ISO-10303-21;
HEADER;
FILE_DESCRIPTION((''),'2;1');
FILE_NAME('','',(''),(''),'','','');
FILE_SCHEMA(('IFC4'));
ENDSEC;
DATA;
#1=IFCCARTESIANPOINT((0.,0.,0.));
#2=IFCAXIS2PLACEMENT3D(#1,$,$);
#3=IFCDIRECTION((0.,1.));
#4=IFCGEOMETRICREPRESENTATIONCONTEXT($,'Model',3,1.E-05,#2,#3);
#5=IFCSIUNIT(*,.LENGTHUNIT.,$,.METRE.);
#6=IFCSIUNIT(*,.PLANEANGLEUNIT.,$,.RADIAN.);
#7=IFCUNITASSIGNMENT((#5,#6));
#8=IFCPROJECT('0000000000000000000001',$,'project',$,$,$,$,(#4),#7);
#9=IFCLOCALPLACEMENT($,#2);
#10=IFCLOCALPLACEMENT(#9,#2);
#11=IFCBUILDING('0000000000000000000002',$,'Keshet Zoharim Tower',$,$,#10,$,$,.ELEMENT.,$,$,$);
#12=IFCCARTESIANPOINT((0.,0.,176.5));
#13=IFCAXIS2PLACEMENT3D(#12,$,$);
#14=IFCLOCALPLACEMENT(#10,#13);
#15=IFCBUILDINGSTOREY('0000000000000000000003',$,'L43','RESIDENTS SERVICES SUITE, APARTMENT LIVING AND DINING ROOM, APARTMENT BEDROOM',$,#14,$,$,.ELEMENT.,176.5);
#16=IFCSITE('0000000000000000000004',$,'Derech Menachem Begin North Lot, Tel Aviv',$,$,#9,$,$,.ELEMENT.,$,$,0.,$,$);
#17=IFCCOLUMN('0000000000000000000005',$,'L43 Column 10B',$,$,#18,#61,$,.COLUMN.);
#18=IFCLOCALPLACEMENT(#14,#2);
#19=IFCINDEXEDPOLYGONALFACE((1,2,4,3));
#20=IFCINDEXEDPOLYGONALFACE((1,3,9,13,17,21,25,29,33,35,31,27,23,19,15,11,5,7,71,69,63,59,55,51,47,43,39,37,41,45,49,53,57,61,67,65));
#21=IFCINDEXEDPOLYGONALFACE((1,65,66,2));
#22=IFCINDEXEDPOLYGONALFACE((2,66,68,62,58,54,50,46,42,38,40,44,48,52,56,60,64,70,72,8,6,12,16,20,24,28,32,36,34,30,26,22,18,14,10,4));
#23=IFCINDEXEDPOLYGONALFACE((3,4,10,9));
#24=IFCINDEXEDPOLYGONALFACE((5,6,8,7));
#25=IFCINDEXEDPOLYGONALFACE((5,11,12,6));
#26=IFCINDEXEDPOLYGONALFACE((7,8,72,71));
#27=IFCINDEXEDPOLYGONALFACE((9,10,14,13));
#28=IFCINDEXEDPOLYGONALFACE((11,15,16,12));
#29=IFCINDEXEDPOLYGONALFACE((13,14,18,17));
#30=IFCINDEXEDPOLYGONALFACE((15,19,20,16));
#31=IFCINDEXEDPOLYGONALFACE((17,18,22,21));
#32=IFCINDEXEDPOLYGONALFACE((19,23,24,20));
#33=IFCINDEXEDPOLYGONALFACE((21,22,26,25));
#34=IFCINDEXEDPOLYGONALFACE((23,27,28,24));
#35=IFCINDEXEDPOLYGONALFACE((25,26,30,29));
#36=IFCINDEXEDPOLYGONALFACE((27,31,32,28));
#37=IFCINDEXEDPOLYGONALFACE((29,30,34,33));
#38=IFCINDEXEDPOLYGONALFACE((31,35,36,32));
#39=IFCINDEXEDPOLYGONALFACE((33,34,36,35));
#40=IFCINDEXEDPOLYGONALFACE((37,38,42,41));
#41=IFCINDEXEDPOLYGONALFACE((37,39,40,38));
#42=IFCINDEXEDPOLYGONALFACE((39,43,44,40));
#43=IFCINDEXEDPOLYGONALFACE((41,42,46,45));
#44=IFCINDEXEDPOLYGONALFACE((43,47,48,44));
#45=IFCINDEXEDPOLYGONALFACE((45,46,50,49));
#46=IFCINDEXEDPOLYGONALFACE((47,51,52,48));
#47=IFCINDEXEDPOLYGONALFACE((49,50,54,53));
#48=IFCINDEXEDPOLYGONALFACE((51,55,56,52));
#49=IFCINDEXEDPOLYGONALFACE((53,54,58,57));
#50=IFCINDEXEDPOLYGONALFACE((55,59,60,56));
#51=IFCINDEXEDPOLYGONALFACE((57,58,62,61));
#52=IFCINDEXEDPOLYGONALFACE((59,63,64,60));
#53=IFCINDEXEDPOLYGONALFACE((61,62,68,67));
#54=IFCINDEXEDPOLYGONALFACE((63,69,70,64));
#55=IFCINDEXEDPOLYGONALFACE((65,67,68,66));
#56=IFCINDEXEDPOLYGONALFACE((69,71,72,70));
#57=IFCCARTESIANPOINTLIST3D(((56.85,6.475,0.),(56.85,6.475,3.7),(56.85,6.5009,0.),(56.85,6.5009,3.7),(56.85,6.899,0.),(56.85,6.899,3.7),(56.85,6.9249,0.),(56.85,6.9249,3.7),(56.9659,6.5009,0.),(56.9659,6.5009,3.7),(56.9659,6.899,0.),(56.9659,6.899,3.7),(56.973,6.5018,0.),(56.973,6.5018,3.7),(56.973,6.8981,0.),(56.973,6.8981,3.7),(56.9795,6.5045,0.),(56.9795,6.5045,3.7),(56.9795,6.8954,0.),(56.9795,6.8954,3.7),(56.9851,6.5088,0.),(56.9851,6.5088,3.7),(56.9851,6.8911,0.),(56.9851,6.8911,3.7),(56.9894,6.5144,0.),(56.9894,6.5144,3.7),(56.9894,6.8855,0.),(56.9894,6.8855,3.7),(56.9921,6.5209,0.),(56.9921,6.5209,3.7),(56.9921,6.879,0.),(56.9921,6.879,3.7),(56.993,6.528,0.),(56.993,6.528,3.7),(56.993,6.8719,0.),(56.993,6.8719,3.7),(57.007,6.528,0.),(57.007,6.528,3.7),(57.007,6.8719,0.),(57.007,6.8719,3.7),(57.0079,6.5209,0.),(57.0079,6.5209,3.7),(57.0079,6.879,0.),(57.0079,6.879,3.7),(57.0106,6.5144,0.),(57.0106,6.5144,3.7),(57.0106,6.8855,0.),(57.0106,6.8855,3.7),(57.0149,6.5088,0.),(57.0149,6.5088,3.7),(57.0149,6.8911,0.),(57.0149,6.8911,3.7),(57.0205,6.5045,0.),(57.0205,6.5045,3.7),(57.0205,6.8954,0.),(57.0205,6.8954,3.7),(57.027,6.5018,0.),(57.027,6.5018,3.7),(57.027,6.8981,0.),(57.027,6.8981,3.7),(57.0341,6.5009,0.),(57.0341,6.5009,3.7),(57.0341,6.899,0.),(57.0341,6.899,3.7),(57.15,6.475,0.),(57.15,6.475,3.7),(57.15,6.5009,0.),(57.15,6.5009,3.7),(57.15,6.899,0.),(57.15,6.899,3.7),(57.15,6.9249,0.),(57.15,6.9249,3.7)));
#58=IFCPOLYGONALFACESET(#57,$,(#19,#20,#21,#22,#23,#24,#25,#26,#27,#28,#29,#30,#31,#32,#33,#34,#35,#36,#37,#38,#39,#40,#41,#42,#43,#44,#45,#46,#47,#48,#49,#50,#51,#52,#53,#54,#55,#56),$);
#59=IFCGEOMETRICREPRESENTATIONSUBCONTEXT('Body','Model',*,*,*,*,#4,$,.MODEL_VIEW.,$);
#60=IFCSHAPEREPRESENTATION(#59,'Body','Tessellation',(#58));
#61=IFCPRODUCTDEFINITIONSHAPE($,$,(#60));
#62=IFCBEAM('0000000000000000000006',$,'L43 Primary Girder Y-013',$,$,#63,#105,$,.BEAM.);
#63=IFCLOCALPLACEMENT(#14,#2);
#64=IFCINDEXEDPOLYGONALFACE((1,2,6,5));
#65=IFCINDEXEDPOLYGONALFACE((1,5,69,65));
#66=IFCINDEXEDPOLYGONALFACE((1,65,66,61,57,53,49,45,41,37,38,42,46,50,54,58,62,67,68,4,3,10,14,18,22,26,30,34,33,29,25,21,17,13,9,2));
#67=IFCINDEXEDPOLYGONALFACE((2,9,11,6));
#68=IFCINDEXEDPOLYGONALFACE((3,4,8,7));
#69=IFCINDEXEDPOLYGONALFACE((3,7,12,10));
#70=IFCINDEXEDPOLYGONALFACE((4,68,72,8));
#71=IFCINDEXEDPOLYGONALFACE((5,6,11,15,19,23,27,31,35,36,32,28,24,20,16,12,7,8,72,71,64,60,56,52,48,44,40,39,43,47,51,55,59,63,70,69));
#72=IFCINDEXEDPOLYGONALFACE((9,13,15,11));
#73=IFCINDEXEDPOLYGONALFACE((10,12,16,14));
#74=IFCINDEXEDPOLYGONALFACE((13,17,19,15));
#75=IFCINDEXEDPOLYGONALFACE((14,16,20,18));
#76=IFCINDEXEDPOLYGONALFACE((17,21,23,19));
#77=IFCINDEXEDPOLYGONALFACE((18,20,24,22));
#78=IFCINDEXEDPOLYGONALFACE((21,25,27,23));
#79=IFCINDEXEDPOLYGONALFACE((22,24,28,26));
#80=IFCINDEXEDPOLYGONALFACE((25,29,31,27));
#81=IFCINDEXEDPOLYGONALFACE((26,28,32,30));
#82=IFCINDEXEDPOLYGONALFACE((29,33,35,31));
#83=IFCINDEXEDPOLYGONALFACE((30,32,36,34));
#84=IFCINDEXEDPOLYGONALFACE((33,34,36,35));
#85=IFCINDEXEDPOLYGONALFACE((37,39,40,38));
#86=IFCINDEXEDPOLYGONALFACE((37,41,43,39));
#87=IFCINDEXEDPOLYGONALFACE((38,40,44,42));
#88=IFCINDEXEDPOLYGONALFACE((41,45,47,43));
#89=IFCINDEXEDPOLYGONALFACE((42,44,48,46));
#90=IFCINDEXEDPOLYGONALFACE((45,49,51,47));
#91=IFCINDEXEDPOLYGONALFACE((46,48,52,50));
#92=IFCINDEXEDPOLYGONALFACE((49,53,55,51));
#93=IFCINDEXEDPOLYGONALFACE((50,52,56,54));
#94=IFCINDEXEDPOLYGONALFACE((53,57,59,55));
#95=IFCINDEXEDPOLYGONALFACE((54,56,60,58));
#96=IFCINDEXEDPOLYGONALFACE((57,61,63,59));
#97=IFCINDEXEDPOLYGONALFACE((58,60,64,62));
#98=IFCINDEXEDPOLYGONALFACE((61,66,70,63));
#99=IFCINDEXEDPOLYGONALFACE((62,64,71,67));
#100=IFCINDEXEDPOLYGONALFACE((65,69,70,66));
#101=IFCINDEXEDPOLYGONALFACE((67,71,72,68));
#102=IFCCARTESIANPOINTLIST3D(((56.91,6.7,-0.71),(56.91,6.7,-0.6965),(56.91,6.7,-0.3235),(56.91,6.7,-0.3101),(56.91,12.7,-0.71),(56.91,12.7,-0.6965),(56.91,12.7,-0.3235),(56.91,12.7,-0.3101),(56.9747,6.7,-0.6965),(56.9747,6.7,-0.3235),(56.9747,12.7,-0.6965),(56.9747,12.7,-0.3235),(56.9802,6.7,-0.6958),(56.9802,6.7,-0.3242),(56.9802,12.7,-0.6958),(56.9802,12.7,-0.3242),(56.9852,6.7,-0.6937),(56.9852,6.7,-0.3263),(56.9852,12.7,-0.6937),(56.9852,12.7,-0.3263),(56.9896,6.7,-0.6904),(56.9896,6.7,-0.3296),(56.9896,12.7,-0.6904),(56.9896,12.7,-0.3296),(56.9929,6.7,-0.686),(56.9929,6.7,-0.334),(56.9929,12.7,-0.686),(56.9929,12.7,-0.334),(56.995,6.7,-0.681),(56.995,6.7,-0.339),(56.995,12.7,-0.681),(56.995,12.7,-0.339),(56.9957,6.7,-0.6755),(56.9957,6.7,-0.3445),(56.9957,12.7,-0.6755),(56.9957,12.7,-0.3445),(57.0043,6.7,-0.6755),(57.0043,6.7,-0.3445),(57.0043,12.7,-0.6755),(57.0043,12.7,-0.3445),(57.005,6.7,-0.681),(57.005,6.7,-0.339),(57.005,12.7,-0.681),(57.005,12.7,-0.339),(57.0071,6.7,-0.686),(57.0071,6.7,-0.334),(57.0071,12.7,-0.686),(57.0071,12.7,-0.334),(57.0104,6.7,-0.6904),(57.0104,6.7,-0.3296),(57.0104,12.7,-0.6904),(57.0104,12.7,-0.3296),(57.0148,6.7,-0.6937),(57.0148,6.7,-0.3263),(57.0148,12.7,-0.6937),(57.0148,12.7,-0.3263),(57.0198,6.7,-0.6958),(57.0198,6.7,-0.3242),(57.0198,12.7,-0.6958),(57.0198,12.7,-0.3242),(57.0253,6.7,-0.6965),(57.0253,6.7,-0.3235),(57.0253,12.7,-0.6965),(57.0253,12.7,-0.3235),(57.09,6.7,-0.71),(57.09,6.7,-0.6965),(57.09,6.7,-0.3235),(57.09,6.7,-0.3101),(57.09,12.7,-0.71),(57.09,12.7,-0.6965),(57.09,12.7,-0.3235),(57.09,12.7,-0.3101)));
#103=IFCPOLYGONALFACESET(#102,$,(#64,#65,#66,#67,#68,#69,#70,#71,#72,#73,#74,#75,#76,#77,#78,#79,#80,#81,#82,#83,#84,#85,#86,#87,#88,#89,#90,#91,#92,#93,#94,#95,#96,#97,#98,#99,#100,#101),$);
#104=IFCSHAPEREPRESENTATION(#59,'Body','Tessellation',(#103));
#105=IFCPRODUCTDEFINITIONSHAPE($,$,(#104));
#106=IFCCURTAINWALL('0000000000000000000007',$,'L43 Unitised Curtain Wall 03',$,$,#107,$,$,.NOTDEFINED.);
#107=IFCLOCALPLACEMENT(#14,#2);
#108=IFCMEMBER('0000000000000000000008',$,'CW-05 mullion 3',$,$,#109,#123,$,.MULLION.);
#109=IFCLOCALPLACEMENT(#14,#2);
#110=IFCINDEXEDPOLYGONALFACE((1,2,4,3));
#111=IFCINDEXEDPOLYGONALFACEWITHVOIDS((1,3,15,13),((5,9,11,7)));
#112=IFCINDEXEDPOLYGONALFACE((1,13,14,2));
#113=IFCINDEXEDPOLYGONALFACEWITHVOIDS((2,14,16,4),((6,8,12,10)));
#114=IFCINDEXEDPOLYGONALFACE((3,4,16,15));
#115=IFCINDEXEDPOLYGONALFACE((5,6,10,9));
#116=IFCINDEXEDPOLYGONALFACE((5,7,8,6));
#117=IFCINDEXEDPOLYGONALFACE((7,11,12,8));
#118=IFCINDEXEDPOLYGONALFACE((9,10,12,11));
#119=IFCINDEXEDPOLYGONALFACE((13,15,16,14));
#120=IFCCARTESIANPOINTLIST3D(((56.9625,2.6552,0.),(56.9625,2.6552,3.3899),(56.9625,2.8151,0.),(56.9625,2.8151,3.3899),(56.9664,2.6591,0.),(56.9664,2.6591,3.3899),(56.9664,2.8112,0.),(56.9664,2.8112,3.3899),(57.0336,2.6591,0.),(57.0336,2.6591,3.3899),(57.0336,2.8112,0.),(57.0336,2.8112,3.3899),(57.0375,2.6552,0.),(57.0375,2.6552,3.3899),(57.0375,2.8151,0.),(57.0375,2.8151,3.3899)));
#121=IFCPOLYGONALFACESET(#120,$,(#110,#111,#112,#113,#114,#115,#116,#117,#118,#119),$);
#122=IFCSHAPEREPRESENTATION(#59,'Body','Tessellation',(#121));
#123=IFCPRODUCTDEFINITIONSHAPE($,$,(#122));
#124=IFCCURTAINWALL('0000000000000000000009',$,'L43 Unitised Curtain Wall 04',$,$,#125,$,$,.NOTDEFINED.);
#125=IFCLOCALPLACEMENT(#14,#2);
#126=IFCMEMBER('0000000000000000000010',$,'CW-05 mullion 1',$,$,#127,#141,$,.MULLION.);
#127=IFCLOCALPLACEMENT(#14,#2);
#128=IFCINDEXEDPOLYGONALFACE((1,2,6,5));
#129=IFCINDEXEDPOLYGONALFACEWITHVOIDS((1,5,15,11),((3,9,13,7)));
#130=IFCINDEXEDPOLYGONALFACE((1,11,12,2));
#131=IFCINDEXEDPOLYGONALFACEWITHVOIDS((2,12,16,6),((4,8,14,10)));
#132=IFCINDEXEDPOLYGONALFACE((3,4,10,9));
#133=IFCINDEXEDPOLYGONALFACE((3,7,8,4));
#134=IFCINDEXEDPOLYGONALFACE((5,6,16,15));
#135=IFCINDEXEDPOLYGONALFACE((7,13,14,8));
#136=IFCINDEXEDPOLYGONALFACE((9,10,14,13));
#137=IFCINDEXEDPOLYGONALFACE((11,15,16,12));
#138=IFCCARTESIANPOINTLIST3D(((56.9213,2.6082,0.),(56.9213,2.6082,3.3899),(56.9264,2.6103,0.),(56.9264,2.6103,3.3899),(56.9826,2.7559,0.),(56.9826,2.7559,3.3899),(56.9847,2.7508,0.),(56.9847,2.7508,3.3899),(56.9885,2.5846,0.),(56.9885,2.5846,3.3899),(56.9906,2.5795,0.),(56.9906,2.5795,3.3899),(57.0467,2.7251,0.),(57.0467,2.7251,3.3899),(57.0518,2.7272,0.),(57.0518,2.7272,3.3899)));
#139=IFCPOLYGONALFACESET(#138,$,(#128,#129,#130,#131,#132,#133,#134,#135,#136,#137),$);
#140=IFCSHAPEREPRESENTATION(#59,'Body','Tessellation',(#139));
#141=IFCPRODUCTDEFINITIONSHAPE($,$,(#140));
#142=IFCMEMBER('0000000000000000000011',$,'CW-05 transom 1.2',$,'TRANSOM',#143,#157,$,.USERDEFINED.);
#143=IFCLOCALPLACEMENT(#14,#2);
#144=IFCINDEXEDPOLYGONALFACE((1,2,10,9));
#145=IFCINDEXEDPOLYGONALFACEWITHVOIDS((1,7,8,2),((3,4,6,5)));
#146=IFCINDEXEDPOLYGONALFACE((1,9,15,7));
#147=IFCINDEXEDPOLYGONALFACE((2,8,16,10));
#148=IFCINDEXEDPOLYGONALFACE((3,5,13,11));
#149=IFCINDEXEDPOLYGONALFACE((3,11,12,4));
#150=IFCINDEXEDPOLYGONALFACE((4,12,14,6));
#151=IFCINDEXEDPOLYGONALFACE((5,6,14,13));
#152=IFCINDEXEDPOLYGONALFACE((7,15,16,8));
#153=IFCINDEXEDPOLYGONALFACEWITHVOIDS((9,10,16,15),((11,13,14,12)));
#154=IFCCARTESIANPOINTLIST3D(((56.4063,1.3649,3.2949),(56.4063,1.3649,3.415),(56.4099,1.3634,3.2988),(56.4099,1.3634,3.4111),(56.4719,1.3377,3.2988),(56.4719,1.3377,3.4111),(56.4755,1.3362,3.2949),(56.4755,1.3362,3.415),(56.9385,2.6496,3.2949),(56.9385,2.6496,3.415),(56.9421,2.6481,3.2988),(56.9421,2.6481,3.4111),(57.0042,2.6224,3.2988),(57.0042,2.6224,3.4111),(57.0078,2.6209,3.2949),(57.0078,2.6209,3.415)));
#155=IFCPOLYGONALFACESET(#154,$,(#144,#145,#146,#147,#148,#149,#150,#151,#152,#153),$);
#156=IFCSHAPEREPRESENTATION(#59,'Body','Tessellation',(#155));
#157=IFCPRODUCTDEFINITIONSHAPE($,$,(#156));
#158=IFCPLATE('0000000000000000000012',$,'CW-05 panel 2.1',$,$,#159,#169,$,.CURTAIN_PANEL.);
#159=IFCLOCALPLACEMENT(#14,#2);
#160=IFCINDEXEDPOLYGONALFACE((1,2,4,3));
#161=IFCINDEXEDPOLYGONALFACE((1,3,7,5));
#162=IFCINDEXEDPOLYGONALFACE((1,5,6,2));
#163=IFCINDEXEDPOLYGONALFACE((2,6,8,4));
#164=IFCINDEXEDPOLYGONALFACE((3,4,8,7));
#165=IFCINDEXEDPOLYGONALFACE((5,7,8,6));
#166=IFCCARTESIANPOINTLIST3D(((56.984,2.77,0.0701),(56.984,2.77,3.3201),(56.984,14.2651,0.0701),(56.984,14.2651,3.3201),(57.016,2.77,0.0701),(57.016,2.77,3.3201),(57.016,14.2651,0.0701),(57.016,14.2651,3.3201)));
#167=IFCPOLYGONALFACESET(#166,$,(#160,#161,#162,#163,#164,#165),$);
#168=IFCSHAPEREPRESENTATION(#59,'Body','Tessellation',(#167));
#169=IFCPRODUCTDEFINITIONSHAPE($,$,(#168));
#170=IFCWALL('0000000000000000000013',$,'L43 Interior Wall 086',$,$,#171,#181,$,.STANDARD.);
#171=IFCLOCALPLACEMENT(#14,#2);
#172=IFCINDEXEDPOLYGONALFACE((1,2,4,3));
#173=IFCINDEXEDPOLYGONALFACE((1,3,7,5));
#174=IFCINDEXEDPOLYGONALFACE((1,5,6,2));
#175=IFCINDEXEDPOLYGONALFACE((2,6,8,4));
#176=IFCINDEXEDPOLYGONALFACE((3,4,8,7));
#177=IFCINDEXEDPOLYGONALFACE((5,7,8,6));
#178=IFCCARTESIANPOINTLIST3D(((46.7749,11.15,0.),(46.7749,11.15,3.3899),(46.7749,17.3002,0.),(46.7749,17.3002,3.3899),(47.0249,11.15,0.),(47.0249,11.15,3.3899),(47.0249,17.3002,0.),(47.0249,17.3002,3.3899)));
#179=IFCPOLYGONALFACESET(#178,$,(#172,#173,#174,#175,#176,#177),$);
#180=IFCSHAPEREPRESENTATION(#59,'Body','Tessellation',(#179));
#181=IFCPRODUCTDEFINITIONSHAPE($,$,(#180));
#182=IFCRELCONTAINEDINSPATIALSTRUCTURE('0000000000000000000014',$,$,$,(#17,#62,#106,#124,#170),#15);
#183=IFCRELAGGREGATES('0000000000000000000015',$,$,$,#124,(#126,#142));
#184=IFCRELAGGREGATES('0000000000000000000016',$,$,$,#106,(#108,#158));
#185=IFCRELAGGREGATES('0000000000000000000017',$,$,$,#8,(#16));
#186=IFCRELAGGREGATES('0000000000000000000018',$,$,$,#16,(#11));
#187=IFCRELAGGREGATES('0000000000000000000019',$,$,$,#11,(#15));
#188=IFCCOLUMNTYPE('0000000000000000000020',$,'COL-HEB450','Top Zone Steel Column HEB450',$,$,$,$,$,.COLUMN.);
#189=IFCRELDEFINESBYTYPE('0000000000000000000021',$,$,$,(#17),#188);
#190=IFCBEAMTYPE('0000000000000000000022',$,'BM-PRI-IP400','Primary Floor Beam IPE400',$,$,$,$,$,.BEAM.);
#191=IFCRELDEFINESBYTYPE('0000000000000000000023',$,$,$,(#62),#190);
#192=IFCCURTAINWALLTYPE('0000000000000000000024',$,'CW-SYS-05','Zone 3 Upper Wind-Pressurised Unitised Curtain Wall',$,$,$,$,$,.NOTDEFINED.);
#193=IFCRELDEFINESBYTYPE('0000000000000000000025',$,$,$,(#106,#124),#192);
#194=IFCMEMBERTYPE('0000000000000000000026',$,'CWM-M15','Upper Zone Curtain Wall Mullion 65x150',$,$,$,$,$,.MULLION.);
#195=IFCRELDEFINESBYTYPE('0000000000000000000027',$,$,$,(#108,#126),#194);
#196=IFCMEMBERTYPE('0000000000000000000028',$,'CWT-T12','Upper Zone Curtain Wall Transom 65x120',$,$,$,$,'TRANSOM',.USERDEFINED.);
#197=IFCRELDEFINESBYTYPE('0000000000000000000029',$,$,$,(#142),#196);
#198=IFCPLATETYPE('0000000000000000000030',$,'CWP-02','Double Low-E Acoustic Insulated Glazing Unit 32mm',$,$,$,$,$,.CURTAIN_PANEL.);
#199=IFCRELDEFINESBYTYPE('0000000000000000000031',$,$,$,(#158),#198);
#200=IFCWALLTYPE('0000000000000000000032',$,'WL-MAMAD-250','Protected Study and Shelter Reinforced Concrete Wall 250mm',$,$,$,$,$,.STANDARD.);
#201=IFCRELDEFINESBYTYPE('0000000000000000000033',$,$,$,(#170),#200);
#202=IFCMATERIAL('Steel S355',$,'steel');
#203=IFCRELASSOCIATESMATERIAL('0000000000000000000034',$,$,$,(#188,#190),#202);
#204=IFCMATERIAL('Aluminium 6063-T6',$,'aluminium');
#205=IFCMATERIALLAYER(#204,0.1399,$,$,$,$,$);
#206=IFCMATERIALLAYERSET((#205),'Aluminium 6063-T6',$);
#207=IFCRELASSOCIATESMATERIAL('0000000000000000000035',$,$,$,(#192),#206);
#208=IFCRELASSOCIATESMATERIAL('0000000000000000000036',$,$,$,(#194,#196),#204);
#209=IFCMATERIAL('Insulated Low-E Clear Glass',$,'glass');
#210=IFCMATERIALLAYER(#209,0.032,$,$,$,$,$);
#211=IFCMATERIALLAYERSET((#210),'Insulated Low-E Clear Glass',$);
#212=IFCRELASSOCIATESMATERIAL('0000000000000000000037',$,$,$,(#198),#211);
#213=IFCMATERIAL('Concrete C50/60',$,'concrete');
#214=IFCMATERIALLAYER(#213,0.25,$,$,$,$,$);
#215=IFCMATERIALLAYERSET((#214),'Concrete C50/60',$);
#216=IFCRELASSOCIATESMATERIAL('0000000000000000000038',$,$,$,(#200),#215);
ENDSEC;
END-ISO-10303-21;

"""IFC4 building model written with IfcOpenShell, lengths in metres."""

from ifc_helpers import new_model, si_unit, direction, frame, frame_2d, origin, origin_2d, place, context, subcontext, project, spatial, rectangle, hollow_rectangle, i_section, extrude, material, layer, layer_set, material_profile, profile_set, type_object, element, aggregate, save


model = new_model("IFC4")

# Units and contexts
model_context = context("Model", 3, precision=1e-05, world=origin(), true_north=direction((0.0, 1.0)))
body_context = subcontext(model_context, "Body", "Model", "MODEL_VIEW")
ifc_project = project(units=[si_unit("LENGTHUNIT", "METRE"), si_unit("PLANEANGLEUNIT", "RADIAN")], contexts=[model_context])

# Site, building, storey
site_placement = place(None, origin())
site = spatial("IfcSite", under=ifc_project, at=site_placement, Name="Derech Menachem Begin North Lot, Tel Aviv", CompositionType="ELEMENT", RefElevation=0.0)
building_placement = place(site_placement, origin())
building = spatial("IfcBuilding", under=site, at=building_placement, Name="Keshet Zoharim Tower", CompositionType="ELEMENT")
storey_placement = place(building_placement, frame((0.0, 0.0, 176.5)))
storey = spatial("IfcBuildingStorey", under=building, at=storey_placement, Name="L43", Description="RESIDENTS SERVICES SUITE, APARTMENT LIVING AND DINING ROOM, APARTMENT BEDROOM", CompositionType="ELEMENT", Elevation=176.5)

# Column
ifc_material_1 = material(Name="Steel S355", Category="steel")
ifc_material_profile_1 = material_profile(ifc_material_1, i_section(OverallWidth=0.3, OverallDepth=0.45, WebThickness=0.0139, FlangeThickness=0.0259, FilletRadius=0.0271, at=origin_2d()), Name="HEB450")
ifc_profile_set_1 = profile_set([ifc_material_profile_1], Name="Steel S355")
column_type = type_object("IfcColumnType", Name="COL-HEB450", Description="Top Zone Steel Column HEB450", PredefinedType="COLUMN", material=ifc_profile_set_1)
column_placement = place(storey_placement, frame((57.0, 6.7, 0.0), z_axis=(0.0, 0.0, 1.0), x_axis=(1.0, 0.0, 0.0)))
element("IfcColumn", 1, at=column_placement, inside=storey, type_object=column_type, Name="L43 Column 10B", PredefinedType="COLUMN", context=body_context, shape_type="SweptSolid", body=[
    extrude(i_section(OverallWidth=0.3, OverallDepth=0.45, WebThickness=0.0139, FlangeThickness=0.0259, FilletRadius=0.0271, at=origin_2d()), origin(), (0.0, 0.0, 1.0), 3.7),
])

# Beam
ifc_material_profile_2 = material_profile(ifc_material_1, i_section(OverallWidth=0.1799, OverallDepth=0.3999, WebThickness=0.0085, FlangeThickness=0.0134, FilletRadius=0.021, at=origin_2d()), Name="IPE400")
ifc_profile_set_2 = profile_set([ifc_material_profile_2], Name="Steel S355")
beam_type = type_object("IfcBeamType", Name="BM-PRI-IP400", Description="Primary Floor Beam IPE400", PredefinedType="BEAM", material=ifc_profile_set_2)
beam_placement = place(storey_placement, frame((57.0, 6.7, -0.51), z_axis=(0.0, 1.0, 0.0), x_axis=(-1.0, 0.0, 0.0)))
element("IfcBeam", 2, at=beam_placement, inside=storey, type_object=beam_type, Name="L43 Primary Girder Y-013", PredefinedType="BEAM", context=body_context, shape_type="SweptSolid", body=[
    extrude(i_section(OverallWidth=0.1799, OverallDepth=0.3999, WebThickness=0.0085, FlangeThickness=0.0134, FilletRadius=0.021, at=origin_2d()), origin(), (0.0, 0.0, 1.0), 6.0),
])

# Curtain wall, member
ifc_material_2 = material(Name="Aluminium 6063-T6", Category="aluminium")
ifc_layer_1 = layer(ifc_material_2, 0.1399)
ifc_layer_set_1 = layer_set([ifc_layer_1], Name="Aluminium 6063-T6")
curtain_wall_type = type_object("IfcCurtainWallType", Name="CW-SYS-05", Description="Zone 3 Upper Wind-Pressurised Unitised Curtain Wall", PredefinedType="NOTDEFINED", material=ifc_layer_set_1)
curtain_wall_1_placement = place(storey_placement, origin())
curtain_wall_1 = element("IfcCurtainWall", 3, at=curtain_wall_1_placement, inside=storey, type_object=curtain_wall_type, Name="L43 Unitised Curtain Wall 03", PredefinedType="NOTDEFINED")
ifc_material_profile_3 = material_profile(ifc_material_2, hollow_rectangle(XDim=0.075, YDim=0.1599, WallThickness=0.0039, at=origin_2d()), Name="MUL-75x160")
ifc_profile_set_3 = profile_set([ifc_material_profile_3], Name="Aluminium 6063-T6")
member_type_1 = type_object("IfcMemberType", Name="CWM-M15", Description="Upper Zone Curtain Wall Mullion 65x150", PredefinedType="MULLION", material=ifc_profile_set_3)
member_1_placement = place(storey_placement, frame((57.0, 2.7351, 0.0), z_axis=(0.0, 0.0, 1.0), x_axis=(1.0, 0.0, 0.0)))
member_1 = element("IfcMember", 4, at=member_1_placement, type_object=member_type_1, Name="CW-05 mullion 3", PredefinedType="MULLION", context=body_context, shape_type="SweptSolid", body=[
    extrude(hollow_rectangle(XDim=0.075, YDim=0.1599, WallThickness=0.0039, at=origin_2d()), origin(), (0.0, 0.0, 1.0), 3.3899),
])

# Curtain wall, members
curtain_wall_2_placement = place(storey_placement, origin())
curtain_wall_2 = element("IfcCurtainWall", 5, at=curtain_wall_2_placement, inside=storey, type_object=curtain_wall_type, Name="L43 Unitised Curtain Wall 04", PredefinedType="NOTDEFINED")
member_2_placement = place(storey_placement, frame((56.9866, 2.6677, 0.0), z_axis=(0.0, 0.0, 1.0), x_axis=(0.92381, -0.382852, 0.0)))
member_2 = element("IfcMember", 6, at=member_2_placement, type_object=member_type_1, Name="CW-05 mullion 1", PredefinedType="MULLION", context=body_context, shape_type="SweptSolid", body=[
    extrude(hollow_rectangle(XDim=0.075, YDim=0.1599, WallThickness=0.0039, at=origin_2d()), origin(), (0.0, 0.0, 1.0), 3.3899),
])
ifc_material_profile_4 = material_profile(ifc_material_2, hollow_rectangle(XDim=0.075, YDim=0.1201, WallThickness=0.0039, at=origin_2d()), Name="TRN-75x120")
ifc_profile_set_4 = profile_set([ifc_material_profile_4], Name="Aluminium 6063-T6")
member_type_2 = type_object("IfcMemberType", Name="CWT-T12", Description="Upper Zone Curtain Wall Transom 65x120", ElementType="TRANSOM", PredefinedType="USERDEFINED", material=ifc_profile_set_4)
member_3_placement = place(storey_placement, frame((56.9731, 2.6353, 3.355), z_axis=(-0.382745, -0.923854, 0.0), x_axis=(0.923854, -0.382745, 0.0)))
member_3 = element("IfcMember", 7, at=member_3_placement, type_object=member_type_2, Name="CW-05 transom 1.2", ObjectType="TRANSOM", PredefinedType="USERDEFINED", context=body_context, shape_type="SweptSolid", body=[
    extrude(hollow_rectangle(XDim=0.075, YDim=0.1201, WallThickness=0.0039, at=origin_2d()), origin(), (0.0, 0.0, 1.0), 1.3906),
])
aggregate(curtain_wall_2, [member_2, member_3])

# Plate
ifc_material_3 = material(Name="Insulated Low-E Clear Glass", Category="glass")
ifc_layer_2 = layer(ifc_material_3, 0.032)
ifc_layer_set_2 = layer_set([ifc_layer_2], Name="Insulated Low-E Clear Glass")
plate_type = type_object("IfcPlateType", Name="CWP-02", Description="Double Low-E Acoustic Insulated Glazing Unit 32mm", PredefinedType="CURTAIN_PANEL", material=ifc_layer_set_2)
plate_placement = place(storey_placement, frame((57.0, 8.5176, 0.0701), z_axis=(0.0, 0.0, 1.0), x_axis=(0.0, -1.0, 0.0)))
plate = element("IfcPlate", 8, at=plate_placement, type_object=plate_type, Name="CW-05 panel 2.1", PredefinedType="CURTAIN_PANEL", context=body_context, shape_type="SweptSolid", body=[
    extrude(rectangle(XDim=11.4951, YDim=0.032, at=origin_2d()), origin(), (0.0, 0.0, 1.0), 3.25),
])
aggregate(curtain_wall_1, [member_1, plate])

# Wall
ifc_material_4 = material(Name="Concrete C50/60", Category="concrete")
ifc_layer_3 = layer(ifc_material_4, 0.25)
ifc_layer_set_3 = layer_set([ifc_layer_3], Name="Concrete C50/60")
wall_type_1 = type_object("IfcWallType", Name="WL-MAMAD-250", Description="Protected Study and Shelter Reinforced Concrete Wall 250mm", PredefinedType="STANDARD", material=ifc_layer_set_3)
for number, where, z_axis, x_axis, name in (
    (9, (46.8999, 11.1499, 0.0), (0.0, 0.0, 1.0), (0.0, 1.0, 0.0), "L43 Interior Wall 086"),
):
    element("IfcWall", number, at=place(storey_placement, frame(where, z_axis=z_axis, x_axis=x_axis)), inside=storey, type_object=wall_type_1, Name=name, PredefinedType="STANDARD", context=body_context, shape_type="SweptSolid", body=[
        extrude(rectangle(XDim=6.1501, YDim=0.25, at=frame_2d((3.0752, 0.0))), origin(), (0.0, 0.0, 1.0), 3.3899),
    ])

save(model, "model.ifc")
